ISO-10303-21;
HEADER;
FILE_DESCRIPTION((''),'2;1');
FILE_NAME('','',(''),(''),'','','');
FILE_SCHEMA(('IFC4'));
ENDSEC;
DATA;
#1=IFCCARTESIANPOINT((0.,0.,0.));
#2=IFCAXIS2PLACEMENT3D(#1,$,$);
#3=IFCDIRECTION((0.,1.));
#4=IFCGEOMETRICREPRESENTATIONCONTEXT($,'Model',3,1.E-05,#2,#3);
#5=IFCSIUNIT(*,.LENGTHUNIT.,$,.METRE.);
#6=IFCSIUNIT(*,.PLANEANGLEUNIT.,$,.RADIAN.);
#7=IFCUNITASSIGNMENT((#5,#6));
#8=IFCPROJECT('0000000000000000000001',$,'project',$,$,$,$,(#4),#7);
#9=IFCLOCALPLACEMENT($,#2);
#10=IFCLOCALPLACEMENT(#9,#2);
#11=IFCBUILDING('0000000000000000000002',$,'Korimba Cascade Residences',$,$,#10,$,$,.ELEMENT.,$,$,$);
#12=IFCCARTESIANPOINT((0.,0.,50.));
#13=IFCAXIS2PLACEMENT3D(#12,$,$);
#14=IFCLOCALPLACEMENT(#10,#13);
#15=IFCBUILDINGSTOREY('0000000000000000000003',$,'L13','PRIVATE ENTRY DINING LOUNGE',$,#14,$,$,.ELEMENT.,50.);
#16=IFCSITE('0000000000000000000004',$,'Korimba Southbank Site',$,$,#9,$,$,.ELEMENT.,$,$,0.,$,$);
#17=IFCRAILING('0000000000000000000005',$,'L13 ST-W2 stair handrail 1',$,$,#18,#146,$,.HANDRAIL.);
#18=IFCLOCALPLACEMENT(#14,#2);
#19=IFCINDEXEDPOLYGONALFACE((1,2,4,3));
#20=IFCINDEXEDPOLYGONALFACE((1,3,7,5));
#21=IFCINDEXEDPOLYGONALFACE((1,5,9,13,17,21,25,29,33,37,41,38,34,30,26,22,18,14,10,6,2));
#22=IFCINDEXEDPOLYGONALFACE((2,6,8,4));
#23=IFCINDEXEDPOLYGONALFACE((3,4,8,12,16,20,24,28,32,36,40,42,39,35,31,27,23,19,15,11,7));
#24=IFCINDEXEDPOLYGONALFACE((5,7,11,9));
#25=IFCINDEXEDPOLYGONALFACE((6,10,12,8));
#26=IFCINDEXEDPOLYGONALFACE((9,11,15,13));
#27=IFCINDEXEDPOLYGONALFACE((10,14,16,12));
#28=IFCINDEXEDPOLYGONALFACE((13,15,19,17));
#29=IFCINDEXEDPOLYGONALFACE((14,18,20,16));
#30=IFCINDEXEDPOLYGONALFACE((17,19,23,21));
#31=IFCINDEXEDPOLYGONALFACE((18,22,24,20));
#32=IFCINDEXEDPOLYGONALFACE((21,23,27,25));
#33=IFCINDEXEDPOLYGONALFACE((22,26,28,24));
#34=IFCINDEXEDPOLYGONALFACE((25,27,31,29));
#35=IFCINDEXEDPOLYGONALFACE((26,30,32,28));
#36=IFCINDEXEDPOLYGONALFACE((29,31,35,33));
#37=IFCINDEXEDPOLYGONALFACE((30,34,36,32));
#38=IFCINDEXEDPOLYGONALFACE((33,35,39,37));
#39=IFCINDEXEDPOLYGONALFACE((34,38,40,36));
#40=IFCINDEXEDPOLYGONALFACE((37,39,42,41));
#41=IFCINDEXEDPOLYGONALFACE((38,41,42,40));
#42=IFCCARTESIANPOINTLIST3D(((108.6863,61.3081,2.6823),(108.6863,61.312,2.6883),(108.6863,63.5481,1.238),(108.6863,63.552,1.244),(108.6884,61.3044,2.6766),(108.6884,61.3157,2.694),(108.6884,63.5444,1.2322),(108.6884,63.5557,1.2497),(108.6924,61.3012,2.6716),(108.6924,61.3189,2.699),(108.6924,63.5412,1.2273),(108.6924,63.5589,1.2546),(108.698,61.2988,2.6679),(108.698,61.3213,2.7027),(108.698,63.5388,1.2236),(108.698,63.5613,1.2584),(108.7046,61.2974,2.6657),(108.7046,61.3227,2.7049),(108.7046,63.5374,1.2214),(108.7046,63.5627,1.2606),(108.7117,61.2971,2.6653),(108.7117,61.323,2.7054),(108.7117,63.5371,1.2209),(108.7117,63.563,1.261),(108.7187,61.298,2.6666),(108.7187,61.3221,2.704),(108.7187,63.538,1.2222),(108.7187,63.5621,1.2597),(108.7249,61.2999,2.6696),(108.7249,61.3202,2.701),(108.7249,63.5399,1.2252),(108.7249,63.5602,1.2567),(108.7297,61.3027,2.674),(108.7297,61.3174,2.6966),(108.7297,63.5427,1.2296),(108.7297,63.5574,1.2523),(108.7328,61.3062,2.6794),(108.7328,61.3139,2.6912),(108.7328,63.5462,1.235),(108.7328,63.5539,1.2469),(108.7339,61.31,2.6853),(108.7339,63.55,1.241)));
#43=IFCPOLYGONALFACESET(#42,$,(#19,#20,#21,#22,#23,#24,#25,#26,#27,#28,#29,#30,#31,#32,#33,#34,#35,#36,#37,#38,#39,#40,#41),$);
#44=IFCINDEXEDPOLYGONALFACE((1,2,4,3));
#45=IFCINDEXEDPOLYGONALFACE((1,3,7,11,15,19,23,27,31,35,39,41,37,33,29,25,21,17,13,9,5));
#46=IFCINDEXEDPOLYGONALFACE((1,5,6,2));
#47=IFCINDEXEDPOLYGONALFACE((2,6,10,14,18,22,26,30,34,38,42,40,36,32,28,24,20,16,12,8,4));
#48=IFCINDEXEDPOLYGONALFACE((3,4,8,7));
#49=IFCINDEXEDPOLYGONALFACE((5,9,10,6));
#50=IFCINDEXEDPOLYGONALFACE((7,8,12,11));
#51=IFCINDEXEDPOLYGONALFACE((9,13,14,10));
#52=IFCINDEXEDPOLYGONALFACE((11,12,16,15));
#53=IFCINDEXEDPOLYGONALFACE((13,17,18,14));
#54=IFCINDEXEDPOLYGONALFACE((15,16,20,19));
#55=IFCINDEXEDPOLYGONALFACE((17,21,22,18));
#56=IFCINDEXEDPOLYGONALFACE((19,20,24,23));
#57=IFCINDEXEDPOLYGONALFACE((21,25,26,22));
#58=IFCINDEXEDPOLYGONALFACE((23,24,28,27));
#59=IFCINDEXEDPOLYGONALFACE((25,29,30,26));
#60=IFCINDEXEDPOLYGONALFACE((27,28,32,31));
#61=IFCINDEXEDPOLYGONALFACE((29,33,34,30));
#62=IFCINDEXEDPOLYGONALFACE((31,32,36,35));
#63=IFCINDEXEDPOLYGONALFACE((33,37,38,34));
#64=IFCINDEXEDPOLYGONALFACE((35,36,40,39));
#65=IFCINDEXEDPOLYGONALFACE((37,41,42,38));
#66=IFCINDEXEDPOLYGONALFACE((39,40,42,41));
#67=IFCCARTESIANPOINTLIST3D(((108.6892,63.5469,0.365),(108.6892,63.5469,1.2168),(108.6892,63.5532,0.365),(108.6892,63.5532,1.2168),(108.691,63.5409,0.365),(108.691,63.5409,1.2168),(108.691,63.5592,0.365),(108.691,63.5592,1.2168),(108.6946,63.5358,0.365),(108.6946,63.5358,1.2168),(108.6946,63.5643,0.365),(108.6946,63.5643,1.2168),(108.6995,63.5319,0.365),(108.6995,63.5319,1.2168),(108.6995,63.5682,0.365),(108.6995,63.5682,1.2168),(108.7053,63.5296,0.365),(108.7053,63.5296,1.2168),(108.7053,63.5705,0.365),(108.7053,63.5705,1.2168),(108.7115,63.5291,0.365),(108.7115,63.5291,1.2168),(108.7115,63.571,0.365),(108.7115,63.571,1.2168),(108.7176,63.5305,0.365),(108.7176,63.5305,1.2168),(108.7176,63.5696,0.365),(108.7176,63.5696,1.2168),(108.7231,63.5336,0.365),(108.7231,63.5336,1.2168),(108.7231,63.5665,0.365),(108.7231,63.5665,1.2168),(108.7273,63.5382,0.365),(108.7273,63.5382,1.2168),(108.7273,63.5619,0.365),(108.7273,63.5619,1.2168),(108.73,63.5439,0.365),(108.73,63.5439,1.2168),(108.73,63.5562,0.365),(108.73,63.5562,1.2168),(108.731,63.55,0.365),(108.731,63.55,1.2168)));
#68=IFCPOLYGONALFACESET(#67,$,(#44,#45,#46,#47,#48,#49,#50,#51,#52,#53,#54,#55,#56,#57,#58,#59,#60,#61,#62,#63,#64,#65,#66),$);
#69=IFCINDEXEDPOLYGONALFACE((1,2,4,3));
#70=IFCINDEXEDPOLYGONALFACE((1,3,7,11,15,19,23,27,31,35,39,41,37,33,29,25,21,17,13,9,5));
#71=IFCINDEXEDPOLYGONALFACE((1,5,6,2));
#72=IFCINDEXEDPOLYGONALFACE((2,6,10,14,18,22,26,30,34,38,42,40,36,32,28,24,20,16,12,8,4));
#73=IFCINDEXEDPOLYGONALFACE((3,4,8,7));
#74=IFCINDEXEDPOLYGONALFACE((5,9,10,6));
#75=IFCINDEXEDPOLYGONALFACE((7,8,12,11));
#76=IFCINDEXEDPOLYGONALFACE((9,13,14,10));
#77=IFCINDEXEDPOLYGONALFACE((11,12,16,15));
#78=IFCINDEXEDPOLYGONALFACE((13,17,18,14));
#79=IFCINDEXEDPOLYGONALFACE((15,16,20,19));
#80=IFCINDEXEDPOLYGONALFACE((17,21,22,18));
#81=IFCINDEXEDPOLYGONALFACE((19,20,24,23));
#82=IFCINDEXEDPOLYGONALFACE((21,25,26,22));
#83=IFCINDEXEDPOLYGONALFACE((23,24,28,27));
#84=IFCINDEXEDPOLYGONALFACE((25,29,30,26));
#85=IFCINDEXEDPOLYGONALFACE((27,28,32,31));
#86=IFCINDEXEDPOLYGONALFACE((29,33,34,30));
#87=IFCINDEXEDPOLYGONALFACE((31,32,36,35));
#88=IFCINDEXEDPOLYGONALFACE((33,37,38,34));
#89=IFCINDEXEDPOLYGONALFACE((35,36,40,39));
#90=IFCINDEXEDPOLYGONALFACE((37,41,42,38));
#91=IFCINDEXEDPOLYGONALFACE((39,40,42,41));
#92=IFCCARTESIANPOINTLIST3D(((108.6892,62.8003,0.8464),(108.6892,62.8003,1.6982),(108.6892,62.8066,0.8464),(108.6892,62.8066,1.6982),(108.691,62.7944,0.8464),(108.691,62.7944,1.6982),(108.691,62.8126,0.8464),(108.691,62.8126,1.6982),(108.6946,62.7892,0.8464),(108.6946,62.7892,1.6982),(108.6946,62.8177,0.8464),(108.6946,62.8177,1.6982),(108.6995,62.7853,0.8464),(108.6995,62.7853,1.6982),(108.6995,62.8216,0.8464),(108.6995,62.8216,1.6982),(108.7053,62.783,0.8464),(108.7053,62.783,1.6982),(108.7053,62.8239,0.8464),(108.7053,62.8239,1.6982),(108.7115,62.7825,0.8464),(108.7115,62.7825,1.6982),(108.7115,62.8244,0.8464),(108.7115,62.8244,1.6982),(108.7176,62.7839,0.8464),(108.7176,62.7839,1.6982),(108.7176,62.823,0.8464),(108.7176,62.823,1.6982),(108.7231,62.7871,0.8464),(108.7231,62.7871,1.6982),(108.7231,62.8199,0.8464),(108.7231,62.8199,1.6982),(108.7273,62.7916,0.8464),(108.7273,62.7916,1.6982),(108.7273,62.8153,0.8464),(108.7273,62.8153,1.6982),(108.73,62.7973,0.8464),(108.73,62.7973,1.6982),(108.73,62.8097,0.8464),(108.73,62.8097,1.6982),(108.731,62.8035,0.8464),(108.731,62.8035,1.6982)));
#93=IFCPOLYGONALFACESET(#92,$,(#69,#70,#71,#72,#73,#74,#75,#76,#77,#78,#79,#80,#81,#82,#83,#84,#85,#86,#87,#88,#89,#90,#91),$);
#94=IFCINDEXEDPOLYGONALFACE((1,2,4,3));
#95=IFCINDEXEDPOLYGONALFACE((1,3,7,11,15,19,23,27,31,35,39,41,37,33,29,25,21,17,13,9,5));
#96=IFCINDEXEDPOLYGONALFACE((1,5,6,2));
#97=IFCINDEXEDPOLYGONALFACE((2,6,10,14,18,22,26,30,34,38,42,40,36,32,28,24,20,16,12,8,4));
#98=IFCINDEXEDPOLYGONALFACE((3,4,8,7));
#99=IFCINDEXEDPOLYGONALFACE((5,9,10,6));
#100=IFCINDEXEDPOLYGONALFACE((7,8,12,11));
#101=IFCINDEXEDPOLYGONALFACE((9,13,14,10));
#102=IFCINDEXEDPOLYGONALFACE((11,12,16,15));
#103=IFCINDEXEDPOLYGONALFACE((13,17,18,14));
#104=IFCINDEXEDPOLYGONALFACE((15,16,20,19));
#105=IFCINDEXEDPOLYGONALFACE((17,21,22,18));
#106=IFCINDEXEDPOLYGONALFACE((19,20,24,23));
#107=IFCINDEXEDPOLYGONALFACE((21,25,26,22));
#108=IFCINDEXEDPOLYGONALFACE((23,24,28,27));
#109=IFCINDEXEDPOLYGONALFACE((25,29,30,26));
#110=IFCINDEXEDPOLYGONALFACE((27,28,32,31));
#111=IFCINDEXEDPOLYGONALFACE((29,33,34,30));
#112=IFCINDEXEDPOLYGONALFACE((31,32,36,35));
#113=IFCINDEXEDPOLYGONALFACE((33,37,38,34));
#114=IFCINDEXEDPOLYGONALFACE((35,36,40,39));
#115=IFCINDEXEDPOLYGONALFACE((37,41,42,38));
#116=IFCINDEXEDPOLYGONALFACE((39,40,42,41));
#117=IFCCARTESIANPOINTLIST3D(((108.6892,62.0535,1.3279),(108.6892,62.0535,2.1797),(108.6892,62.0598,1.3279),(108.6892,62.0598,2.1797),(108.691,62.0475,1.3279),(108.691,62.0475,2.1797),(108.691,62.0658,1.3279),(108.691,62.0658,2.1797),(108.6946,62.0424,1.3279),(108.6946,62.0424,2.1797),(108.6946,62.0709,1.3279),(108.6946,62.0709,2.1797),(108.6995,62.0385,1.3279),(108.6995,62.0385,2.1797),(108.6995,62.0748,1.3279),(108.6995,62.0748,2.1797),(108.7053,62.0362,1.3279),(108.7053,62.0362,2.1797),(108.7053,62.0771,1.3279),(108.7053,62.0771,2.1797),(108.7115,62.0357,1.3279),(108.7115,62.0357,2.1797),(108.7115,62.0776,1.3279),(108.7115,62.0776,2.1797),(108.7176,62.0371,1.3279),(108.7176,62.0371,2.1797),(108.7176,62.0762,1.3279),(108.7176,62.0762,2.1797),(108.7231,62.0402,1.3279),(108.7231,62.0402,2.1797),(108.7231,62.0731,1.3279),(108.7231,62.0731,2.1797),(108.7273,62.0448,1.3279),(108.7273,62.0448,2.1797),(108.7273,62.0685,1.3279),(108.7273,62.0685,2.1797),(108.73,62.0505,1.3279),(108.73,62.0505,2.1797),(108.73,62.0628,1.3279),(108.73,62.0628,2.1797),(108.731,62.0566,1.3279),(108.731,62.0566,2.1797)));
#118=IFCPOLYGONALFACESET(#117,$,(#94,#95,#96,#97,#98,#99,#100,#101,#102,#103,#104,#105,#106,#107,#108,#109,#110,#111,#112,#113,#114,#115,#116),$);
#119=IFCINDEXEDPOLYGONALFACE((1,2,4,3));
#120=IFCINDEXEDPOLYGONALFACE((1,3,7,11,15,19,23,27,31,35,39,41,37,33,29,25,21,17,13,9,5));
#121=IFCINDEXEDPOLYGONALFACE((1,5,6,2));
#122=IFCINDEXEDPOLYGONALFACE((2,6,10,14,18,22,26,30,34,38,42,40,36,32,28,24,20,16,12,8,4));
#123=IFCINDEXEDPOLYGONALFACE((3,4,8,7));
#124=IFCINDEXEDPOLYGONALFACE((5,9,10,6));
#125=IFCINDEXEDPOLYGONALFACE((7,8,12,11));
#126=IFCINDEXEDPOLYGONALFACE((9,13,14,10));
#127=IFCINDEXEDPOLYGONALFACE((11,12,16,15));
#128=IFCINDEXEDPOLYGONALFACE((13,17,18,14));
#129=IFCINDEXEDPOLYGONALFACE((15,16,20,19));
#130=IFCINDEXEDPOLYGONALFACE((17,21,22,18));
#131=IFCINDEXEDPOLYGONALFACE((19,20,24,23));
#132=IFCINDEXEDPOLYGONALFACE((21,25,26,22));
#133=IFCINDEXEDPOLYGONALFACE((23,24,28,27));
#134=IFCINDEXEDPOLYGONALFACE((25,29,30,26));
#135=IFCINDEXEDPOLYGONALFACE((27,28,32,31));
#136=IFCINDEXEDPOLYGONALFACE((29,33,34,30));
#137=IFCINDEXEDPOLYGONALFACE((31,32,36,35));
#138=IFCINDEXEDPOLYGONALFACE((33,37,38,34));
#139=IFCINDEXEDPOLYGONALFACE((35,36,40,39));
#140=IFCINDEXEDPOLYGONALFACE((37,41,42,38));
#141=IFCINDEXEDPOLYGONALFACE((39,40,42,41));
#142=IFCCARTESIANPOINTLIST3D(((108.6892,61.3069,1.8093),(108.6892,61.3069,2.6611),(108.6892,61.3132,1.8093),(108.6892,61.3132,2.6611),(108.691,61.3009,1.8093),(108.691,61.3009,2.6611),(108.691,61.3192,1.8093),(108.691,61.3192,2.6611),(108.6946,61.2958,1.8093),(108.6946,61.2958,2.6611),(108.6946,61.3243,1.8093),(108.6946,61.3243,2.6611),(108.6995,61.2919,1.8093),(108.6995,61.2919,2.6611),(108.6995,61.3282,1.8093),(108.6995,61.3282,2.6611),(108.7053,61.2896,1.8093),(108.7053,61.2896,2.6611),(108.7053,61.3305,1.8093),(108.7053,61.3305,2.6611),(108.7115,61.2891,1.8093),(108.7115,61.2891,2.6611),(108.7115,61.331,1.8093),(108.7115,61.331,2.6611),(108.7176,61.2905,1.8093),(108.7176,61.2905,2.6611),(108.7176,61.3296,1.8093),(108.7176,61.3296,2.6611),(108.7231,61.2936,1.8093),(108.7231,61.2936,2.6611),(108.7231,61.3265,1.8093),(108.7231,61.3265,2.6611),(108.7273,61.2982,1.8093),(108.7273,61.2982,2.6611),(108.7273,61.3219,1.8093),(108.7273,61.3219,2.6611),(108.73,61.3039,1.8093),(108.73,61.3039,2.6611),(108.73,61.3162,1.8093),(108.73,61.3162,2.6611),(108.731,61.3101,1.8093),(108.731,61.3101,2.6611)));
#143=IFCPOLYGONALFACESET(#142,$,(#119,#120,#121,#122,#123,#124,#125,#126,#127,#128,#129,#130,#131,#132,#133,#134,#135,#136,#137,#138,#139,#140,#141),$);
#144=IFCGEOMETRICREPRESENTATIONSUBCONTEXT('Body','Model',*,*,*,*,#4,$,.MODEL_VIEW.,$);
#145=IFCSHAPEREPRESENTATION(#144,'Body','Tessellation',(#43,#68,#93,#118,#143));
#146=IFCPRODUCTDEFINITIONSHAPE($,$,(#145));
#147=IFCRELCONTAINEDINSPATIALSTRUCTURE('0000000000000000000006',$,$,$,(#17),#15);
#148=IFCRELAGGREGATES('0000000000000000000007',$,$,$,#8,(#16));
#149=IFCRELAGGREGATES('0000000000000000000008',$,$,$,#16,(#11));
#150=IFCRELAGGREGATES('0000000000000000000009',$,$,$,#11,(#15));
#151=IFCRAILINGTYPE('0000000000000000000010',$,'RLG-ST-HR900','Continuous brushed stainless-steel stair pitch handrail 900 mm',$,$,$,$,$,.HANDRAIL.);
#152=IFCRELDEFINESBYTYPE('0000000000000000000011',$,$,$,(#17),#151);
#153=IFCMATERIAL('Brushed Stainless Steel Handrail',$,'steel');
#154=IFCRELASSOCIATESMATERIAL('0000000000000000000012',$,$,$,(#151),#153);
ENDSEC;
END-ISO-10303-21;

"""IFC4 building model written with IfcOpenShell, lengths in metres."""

from ifc_helpers import new_model, si_unit, direction, frame, origin, origin_2d, place, context, subcontext, project, spatial, circle, extrude, material, type_object, element, save


model = new_model("IFC4")

# Units and contexts
model_context = context("Model", 3, precision=1e-05, world=origin(), true_north=direction((0.0, 1.0)))
body_context = subcontext(model_context, "Body", "Model", "MODEL_VIEW")
ifc_project = project(units=[si_unit("LENGTHUNIT", "METRE"), si_unit("PLANEANGLEUNIT", "RADIAN")], contexts=[model_context])

# Site, building, storey
site_placement = place(None, origin())
site = spatial("IfcSite", under=ifc_project, at=site_placement, Name="Korimba Southbank Site", CompositionType="ELEMENT", RefElevation=0.0)
building_placement = place(site_placement, origin())
building = spatial("IfcBuilding", under=site, at=building_placement, Name="Korimba Cascade Residences", CompositionType="ELEMENT")
storey_placement = place(building_placement, frame((0.0, 0.0, 50.0)))
storey = spatial("IfcBuildingStorey", under=building, at=storey_placement, Name="L13", Description="PRIVATE ENTRY DINING LOUNGE", CompositionType="ELEMENT", Elevation=50.0)

# Railing
ifc_material_1 = material(Name="Brushed Stainless Steel Handrail", Category="steel")
railing_type_1 = type_object("IfcRailingType", Name="RLG-ST-HR900", Description="Continuous brushed stainless-steel stair pitch handrail 900 mm", PredefinedType="HANDRAIL", material=ifc_material_1)
railing_1_placement = place(storey_placement, frame((108.71, 63.55, 0.365)))
element("IfcRailing", 1, at=railing_1_placement, inside=storey, type_object=railing_type_1, Name="L13 ST-W2 stair handrail 1", PredefinedType="HANDRAIL", context=body_context, shape_type="SweptSolid", body=[
    extrude(circle(Radius=0.0239, at=origin_2d()), frame((0.0, 0.0, 0.876), z_axis=(0.0, -0.840437, 0.54191), x_axis=(1.0, 0.0, 0.0)), (0.0, 0.0, 1.0), 2.6653),
    extrude(circle(Radius=0.021, at=origin_2d()), origin(), (0.0, 0.0, 1.0), 0.8518),
    extrude(circle(Radius=0.021, at=origin_2d()), frame((0.0, -0.7466, 0.4814)), (0.0, 0.0, 1.0), 0.8518),
    extrude(circle(Radius=0.021, at=origin_2d()), frame((0.0, -1.4934, 0.9629)), (0.0, 0.0, 1.0), 0.8518),
    extrude(circle(Radius=0.021, at=origin_2d()), frame((0.0, -2.24, 1.4443)), (0.0, 0.0, 1.0), 0.8518),
])

save(model, "model.ifc")
